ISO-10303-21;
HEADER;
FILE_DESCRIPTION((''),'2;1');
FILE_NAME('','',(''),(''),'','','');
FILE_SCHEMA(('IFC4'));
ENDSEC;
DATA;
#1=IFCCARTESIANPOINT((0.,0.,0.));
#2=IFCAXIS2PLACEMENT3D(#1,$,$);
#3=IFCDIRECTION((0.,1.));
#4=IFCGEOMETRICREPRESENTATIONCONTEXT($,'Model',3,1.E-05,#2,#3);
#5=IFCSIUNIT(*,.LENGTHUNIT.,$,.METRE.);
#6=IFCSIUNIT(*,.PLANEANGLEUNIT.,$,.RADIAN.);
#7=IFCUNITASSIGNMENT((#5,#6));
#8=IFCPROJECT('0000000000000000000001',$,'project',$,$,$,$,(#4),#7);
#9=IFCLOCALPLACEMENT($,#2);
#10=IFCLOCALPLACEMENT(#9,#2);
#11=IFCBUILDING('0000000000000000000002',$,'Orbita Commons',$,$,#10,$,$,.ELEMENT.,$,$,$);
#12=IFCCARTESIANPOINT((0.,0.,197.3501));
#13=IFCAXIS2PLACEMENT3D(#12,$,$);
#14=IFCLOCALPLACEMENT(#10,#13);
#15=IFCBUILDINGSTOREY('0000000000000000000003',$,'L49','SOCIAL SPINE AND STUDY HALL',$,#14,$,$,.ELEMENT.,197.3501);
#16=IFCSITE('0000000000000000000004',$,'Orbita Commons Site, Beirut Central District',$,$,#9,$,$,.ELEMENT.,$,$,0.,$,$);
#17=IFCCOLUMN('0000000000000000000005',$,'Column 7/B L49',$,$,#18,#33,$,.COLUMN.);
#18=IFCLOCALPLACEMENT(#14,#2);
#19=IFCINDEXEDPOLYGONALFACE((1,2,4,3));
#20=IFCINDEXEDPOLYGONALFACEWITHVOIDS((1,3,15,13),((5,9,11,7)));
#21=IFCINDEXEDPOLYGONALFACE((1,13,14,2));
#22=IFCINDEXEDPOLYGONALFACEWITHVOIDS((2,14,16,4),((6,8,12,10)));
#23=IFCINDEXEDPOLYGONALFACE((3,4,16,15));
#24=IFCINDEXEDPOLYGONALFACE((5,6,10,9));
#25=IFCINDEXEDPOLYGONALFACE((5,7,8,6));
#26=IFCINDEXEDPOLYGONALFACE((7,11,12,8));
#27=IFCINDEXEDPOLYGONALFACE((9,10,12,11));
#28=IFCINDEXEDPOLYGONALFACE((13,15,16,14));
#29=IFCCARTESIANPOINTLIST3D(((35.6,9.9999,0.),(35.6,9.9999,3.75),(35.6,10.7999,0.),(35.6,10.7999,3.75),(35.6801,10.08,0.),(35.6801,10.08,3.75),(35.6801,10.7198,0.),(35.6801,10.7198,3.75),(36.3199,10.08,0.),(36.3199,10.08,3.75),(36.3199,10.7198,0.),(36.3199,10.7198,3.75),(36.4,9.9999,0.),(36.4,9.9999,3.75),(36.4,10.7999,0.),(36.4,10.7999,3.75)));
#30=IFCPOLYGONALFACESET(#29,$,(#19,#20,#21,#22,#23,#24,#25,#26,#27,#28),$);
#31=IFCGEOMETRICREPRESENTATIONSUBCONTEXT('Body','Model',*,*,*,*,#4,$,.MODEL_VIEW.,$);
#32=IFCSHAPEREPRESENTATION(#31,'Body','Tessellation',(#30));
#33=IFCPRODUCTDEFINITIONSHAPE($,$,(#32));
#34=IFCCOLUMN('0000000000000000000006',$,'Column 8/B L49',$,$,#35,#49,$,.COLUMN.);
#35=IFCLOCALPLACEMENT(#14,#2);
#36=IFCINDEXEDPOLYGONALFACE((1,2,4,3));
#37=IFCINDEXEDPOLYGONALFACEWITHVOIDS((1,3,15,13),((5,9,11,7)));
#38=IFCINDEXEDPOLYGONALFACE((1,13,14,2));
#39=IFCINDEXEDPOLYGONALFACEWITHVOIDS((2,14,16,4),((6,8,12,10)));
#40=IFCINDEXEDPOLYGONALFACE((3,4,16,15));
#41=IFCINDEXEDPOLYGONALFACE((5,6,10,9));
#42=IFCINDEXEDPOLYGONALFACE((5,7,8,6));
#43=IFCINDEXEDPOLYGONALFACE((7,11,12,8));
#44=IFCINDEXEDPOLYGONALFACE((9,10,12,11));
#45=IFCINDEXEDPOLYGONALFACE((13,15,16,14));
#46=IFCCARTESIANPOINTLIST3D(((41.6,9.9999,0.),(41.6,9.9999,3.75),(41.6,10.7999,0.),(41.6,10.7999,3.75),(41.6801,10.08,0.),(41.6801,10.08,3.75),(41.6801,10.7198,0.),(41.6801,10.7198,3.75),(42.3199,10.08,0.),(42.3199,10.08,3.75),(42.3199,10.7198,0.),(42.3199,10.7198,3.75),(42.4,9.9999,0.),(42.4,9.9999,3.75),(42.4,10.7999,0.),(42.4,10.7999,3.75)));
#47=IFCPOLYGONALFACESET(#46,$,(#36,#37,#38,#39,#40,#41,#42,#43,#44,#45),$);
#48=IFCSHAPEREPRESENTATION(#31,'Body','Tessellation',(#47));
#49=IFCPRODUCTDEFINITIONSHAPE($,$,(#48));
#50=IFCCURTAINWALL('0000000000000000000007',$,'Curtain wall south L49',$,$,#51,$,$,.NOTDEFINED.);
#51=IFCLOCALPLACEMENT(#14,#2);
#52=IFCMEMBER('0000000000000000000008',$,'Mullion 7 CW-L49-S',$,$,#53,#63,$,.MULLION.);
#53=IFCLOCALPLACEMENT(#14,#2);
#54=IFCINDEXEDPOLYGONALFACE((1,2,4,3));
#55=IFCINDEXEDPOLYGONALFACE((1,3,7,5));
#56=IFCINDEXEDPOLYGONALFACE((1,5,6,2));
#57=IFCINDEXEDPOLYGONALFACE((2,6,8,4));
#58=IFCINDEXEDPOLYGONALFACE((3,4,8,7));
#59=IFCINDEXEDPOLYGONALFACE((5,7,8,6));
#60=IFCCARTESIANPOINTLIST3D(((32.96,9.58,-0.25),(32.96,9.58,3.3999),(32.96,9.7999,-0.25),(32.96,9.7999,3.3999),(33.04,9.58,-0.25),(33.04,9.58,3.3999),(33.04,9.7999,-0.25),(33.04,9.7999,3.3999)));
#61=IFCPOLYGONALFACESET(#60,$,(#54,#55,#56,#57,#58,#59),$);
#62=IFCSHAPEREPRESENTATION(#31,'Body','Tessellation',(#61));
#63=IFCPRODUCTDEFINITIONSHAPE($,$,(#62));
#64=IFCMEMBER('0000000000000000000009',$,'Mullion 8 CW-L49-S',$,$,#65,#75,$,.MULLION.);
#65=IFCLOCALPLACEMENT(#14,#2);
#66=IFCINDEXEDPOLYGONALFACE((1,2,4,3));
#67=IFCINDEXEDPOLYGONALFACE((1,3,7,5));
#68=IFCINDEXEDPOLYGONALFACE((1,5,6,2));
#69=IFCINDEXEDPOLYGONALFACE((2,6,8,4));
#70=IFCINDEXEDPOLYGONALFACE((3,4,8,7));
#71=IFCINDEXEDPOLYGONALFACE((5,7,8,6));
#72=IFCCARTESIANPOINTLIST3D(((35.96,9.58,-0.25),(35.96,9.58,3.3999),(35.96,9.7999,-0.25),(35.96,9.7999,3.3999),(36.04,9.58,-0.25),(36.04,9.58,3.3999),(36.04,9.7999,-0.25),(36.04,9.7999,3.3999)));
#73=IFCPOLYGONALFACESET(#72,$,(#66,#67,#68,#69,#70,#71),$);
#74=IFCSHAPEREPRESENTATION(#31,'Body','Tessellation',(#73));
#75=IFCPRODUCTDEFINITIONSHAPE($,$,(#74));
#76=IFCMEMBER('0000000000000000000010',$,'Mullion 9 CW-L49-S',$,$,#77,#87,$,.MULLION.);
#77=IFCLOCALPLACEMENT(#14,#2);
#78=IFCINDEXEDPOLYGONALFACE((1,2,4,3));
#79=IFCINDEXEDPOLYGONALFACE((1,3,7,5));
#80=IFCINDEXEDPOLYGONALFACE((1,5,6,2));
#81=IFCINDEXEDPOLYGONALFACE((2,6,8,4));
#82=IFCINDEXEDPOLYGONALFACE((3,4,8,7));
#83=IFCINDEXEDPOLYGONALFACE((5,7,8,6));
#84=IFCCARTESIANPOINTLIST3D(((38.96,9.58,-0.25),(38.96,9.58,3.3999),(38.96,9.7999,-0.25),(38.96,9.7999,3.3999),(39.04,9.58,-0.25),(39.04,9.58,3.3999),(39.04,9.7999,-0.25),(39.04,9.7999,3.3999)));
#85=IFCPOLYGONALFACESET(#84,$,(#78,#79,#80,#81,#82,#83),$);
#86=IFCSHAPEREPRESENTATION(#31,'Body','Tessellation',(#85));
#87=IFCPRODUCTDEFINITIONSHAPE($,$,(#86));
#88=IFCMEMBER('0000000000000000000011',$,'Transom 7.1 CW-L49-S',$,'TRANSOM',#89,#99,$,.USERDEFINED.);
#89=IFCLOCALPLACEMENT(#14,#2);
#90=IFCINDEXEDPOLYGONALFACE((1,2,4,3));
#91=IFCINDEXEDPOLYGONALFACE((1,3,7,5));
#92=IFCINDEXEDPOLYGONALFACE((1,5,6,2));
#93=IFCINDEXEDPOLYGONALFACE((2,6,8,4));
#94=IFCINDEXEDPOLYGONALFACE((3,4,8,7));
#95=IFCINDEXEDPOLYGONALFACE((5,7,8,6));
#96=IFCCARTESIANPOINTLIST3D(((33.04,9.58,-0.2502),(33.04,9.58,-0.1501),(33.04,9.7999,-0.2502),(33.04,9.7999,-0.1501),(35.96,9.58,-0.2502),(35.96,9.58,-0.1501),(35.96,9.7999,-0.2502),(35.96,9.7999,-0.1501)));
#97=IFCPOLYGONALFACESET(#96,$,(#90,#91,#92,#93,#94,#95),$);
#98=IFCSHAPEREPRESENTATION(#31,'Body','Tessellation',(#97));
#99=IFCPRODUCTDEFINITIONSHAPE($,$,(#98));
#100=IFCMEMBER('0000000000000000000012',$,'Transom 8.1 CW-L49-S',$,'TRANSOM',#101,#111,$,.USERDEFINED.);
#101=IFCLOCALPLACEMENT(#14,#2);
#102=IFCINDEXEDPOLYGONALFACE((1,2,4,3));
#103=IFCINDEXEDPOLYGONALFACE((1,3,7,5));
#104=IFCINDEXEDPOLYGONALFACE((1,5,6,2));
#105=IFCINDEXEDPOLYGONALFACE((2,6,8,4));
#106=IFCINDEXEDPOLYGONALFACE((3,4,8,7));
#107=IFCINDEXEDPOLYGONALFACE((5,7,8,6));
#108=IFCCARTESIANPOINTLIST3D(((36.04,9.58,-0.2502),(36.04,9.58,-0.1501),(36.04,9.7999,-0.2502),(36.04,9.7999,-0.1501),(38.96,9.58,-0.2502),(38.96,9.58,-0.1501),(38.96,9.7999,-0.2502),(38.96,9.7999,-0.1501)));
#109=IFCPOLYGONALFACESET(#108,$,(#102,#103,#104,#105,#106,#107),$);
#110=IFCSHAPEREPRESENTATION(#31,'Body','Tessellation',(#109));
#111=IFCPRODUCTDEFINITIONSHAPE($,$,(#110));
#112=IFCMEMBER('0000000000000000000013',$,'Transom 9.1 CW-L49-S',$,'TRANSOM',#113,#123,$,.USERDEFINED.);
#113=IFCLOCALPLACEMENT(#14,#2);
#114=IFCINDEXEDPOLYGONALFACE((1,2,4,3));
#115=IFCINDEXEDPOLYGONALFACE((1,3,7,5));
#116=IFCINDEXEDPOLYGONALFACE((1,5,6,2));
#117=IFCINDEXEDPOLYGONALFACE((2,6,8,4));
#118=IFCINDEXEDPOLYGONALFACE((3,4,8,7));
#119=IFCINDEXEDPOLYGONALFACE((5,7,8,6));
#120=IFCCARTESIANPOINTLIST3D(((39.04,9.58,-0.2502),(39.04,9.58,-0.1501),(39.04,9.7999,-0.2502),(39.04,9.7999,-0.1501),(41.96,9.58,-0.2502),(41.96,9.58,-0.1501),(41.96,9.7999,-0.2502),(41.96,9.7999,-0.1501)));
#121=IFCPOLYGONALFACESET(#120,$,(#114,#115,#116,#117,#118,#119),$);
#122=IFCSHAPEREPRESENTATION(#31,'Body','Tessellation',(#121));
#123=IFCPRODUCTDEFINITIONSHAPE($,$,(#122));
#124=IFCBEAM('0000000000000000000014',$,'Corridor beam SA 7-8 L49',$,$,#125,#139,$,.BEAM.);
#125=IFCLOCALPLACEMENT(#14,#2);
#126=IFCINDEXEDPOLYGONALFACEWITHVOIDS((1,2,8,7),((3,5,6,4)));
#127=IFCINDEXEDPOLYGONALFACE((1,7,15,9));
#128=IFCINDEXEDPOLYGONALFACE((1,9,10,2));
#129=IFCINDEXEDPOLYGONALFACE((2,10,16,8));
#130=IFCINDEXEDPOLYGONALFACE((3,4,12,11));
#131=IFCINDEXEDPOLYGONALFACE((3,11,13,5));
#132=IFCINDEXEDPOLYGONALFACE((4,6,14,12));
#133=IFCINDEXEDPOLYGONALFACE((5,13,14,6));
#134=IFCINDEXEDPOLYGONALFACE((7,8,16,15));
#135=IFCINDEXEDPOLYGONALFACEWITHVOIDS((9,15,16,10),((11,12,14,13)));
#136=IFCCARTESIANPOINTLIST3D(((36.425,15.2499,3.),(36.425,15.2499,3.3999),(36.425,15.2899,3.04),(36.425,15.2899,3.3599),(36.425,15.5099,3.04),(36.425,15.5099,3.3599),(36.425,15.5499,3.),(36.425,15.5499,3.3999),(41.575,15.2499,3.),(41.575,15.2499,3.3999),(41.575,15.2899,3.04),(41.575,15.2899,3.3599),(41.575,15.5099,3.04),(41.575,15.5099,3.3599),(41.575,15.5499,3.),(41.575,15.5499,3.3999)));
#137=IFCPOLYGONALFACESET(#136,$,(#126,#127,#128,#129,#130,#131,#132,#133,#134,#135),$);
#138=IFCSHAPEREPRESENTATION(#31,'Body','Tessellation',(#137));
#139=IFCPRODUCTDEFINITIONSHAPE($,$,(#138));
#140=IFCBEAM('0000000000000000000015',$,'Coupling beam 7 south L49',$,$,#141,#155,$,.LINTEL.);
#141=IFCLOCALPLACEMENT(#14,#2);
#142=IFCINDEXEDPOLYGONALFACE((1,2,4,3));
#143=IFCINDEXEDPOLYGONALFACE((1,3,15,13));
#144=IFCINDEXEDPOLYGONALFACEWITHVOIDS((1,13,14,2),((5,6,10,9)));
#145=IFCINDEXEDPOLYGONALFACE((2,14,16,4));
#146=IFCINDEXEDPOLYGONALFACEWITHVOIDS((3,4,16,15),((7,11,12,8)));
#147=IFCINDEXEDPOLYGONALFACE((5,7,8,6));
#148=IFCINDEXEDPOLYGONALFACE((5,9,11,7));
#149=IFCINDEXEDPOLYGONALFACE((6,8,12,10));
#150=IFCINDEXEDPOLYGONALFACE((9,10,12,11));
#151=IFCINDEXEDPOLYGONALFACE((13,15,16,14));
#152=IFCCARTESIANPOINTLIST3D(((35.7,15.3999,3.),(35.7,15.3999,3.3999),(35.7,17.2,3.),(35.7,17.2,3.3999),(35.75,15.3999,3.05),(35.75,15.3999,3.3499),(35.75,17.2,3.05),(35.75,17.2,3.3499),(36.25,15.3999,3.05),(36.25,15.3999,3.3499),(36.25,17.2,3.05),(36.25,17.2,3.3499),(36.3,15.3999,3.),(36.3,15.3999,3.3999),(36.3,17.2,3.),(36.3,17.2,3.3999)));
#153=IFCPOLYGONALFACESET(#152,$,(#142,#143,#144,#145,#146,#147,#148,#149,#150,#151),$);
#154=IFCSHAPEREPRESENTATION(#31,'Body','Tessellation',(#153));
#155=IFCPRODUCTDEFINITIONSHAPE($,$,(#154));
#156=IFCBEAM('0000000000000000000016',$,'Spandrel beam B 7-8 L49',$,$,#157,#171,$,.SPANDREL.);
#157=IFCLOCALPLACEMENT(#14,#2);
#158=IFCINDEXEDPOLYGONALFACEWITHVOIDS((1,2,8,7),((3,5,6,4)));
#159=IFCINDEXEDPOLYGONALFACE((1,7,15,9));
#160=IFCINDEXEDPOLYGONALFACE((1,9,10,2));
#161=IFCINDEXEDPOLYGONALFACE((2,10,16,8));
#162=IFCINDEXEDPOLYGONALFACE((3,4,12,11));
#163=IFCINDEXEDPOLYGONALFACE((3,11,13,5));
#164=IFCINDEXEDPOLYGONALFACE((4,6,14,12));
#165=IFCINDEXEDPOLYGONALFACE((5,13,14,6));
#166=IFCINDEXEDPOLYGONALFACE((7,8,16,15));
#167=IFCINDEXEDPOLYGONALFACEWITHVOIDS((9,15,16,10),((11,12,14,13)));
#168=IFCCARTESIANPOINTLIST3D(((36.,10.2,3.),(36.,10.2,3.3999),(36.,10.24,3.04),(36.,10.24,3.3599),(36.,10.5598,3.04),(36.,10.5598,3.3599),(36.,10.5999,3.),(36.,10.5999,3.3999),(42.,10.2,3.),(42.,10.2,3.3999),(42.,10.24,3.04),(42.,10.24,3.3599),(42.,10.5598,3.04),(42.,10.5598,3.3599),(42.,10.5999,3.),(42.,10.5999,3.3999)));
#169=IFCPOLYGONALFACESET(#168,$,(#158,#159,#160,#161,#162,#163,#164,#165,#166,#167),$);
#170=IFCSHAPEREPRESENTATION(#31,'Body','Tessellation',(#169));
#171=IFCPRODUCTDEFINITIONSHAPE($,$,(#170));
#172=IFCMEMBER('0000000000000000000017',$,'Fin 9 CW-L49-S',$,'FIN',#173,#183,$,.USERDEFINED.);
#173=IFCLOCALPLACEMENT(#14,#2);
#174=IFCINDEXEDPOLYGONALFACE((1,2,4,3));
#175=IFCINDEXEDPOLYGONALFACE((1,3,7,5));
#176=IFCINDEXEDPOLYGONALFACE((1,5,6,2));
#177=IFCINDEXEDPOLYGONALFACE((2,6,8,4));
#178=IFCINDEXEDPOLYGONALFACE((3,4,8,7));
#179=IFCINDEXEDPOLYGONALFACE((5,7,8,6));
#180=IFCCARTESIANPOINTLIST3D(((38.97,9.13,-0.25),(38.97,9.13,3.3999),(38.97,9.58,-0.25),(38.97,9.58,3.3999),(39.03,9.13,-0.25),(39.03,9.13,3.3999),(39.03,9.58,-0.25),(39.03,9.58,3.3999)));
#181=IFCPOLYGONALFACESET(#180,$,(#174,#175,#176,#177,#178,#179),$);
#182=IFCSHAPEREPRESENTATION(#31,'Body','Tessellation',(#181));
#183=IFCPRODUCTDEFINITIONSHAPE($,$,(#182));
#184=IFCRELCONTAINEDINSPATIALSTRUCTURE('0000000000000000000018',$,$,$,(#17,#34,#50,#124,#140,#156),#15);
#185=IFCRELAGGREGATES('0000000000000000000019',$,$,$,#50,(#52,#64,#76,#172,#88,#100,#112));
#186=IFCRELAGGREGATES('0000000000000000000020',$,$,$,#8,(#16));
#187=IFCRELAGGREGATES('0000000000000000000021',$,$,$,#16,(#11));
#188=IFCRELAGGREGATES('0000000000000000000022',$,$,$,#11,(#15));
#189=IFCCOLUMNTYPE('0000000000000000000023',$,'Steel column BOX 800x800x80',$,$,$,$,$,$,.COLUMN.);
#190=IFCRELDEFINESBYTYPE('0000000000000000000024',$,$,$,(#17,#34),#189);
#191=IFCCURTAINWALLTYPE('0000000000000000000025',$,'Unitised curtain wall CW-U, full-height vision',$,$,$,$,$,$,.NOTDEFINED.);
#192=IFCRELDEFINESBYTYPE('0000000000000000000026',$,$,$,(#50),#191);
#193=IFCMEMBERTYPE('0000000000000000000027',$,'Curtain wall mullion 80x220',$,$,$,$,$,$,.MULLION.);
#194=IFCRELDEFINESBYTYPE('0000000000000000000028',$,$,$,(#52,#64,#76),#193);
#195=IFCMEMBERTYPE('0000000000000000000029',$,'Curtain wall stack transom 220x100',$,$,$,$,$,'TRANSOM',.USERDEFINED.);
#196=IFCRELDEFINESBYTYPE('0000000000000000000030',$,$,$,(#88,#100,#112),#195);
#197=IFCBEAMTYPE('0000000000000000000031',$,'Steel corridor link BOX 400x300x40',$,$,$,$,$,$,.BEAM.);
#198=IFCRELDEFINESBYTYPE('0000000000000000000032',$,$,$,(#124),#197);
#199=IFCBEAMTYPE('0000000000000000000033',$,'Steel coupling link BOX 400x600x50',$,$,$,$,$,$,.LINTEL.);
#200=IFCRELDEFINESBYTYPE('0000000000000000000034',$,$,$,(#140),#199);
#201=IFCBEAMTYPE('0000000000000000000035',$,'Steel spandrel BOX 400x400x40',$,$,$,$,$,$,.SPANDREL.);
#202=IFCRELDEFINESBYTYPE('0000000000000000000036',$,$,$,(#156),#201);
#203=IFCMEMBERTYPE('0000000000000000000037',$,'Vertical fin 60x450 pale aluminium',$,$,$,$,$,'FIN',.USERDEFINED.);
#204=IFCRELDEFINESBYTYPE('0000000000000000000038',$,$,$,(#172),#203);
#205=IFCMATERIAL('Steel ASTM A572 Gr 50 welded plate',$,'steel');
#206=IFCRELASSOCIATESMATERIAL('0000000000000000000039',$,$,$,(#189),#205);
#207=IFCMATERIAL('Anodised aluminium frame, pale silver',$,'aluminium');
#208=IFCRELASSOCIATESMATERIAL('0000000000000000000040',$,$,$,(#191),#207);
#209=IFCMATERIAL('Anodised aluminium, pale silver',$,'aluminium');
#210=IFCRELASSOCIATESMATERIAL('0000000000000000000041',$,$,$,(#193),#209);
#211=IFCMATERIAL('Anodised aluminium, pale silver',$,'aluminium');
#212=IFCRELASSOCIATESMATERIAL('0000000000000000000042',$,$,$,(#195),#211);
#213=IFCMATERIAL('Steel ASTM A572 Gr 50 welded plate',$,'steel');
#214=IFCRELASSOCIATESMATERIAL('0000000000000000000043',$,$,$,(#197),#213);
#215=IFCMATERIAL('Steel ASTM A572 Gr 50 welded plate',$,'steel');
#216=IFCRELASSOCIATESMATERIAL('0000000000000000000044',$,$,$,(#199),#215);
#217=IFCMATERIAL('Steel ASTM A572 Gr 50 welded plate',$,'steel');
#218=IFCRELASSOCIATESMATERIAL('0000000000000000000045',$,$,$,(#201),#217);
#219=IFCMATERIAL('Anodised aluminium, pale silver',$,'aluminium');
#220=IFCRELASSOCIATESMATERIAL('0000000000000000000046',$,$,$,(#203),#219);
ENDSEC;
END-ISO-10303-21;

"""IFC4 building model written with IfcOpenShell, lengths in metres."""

from ifc_helpers import new_model, si_unit, direction, frame, origin, origin_2d, place, context, subcontext, project, spatial, rectangle, hollow_rectangle, extrude, material, material_profile, profile_set, type_object, element, aggregate, save


model = new_model("IFC4")

# Units and contexts
model_context = context("Model", 3, precision=1e-05, world=origin(), true_north=direction((0.0, 1.0)))
body_context = subcontext(model_context, "Body", "Model", "MODEL_VIEW")
ifc_project = project(units=[si_unit("LENGTHUNIT", "METRE"), si_unit("PLANEANGLEUNIT", "RADIAN")], contexts=[model_context])

# Site, building, storey
site_placement = place(None, origin())
site = spatial("IfcSite", under=ifc_project, at=site_placement, Name="Orbita Commons Site, Beirut Central District", CompositionType="ELEMENT", RefElevation=0.0)
building_placement = place(site_placement, origin())
building = spatial("IfcBuilding", under=site, at=building_placement, Name="Orbita Commons", CompositionType="ELEMENT")
storey_placement = place(building_placement, frame((0.0, 0.0, 197.3501)))
storey = spatial("IfcBuildingStorey", under=building, at=storey_placement, Name="L49", Description="SOCIAL SPINE AND STUDY HALL", CompositionType="ELEMENT", Elevation=197.3501)

# Columns
ifc_material_1 = material(Name="Steel ASTM A572 Gr 50 welded plate", Category="steel")
ifc_material_profile_1 = material_profile(ifc_material_1, hollow_rectangle(XDim=0.8, YDim=0.8, WallThickness=0.0801, at=origin_2d()), Name="BOX 800x800x80")
ifc_profile_set_1 = profile_set([ifc_material_profile_1], Name="Steel ASTM A572 Gr 50 welded plate")
column_type = type_object("IfcColumnType", Name="Steel column BOX 800x800x80", PredefinedType="COLUMN", material=ifc_profile_set_1)
for number, where, z_axis, x_axis, name in (
    (1, (36.0, 10.3999, 0.0), (0.0, 0.0, 1.0), (1.0, 0.0, 0.0), "Column 7/B L49"),
    (2, (42.0, 10.3999, 0.0), (0.0, 0.0, 1.0), (1.0, 0.0, 0.0), "Column 8/B L49"),
):
    element("IfcColumn", number, at=place(storey_placement, frame(where, z_axis=z_axis, x_axis=x_axis)), inside=storey, type_object=column_type, Name=name, PredefinedType="COLUMN", context=body_context, shape_type="SweptSolid", body=[
        extrude(hollow_rectangle(XDim=0.8, YDim=0.8, WallThickness=0.0801, at=origin_2d()), origin(), (0.0, 0.0, 1.0), 3.75),
    ])

# Curtain wall, members
ifc_material_2 = material(Name="Anodised aluminium frame, pale silver", Category="aluminium")
curtain_wall_type = type_object("IfcCurtainWallType", Name="Unitised curtain wall CW-U, full-height vision", PredefinedType="NOTDEFINED", material=ifc_material_2)
curtain_wall_placement = place(storey_placement, origin())
curtain_wall = element("IfcCurtainWall", 3, at=curtain_wall_placement, inside=storey, type_object=curtain_wall_type, Name="Curtain wall south L49", PredefinedType="NOTDEFINED")
ifc_material_3 = material(Name="Anodised aluminium, pale silver", Category="aluminium")
ifc_material_profile_2 = material_profile(ifc_material_3, rectangle(XDim=0.0801, YDim=0.22, at=origin_2d()), Name="AL 80x220")
ifc_profile_set_2 = profile_set([ifc_material_profile_2], Name="Anodised aluminium, pale silver")
member_type_1 = type_object("IfcMemberType", Name="Curtain wall mullion 80x220", PredefinedType="MULLION", material=ifc_profile_set_2)
member_1_placement = place(storey_placement, frame((33.0, 9.6899, -0.25), z_axis=(0.0, 0.0, 1.0), x_axis=(1.0, 0.0, 0.0)))
member_1 = element("IfcMember", 4, at=member_1_placement, type_object=member_type_1, Name="Mullion 7 CW-L49-S", PredefinedType="MULLION", context=body_context, shape_type="SweptSolid", body=[
    extrude(rectangle(XDim=0.0801, YDim=0.22, at=origin_2d()), origin(), (0.0, 0.0, 1.0), 3.6499),
])
member_2_placement = place(storey_placement, frame((36.0, 9.6899, -0.25), z_axis=(0.0, 0.0, 1.0), x_axis=(1.0, 0.0, 0.0)))
member_2 = element("IfcMember", 5, at=member_2_placement, type_object=member_type_1, Name="Mullion 8 CW-L49-S", PredefinedType="MULLION", context=body_context, shape_type="SweptSolid", body=[
    extrude(rectangle(XDim=0.0801, YDim=0.22, at=origin_2d()), origin(), (0.0, 0.0, 1.0), 3.6499),
])
member_3_placement = place(storey_placement, frame((39.0, 9.6899, -0.25), z_axis=(0.0, 0.0, 1.0), x_axis=(1.0, 0.0, 0.0)))
member_3 = element("IfcMember", 6, at=member_3_placement, type_object=member_type_1, Name="Mullion 9 CW-L49-S", PredefinedType="MULLION", context=body_context, shape_type="SweptSolid", body=[
    extrude(rectangle(XDim=0.0801, YDim=0.22, at=origin_2d()), origin(), (0.0, 0.0, 1.0), 3.6499),
])
ifc_material_4 = material(Name="Anodised aluminium, pale silver", Category="aluminium")
ifc_material_profile_3 = material_profile(ifc_material_4, rectangle(XDim=0.22, YDim=0.1001, at=origin_2d()), Name="AL 220x100")
ifc_profile_set_3 = profile_set([ifc_material_profile_3], Name="Anodised aluminium, pale silver")
member_type_2 = type_object("IfcMemberType", Name="Curtain wall stack transom 220x100", ElementType="TRANSOM", PredefinedType="USERDEFINED", material=ifc_profile_set_3)
member_4_placement = place(storey_placement, frame((33.04, 9.6899, -0.2002), z_axis=(1.0, 0.0, 0.0), x_axis=(0.0, 1.0, 0.0)))
member_4 = element("IfcMember", 7, at=member_4_placement, type_object=member_type_2, Name="Transom 7.1 CW-L49-S", ObjectType="TRANSOM", PredefinedType="USERDEFINED", context=body_context, shape_type="SweptSolid", body=[
    extrude(rectangle(XDim=0.22, YDim=0.1001, at=origin_2d()), origin(), (0.0, 0.0, 1.0), 2.9199),
])
member_5_placement = place(storey_placement, frame((36.04, 9.6899, -0.2002), z_axis=(1.0, 0.0, 0.0), x_axis=(0.0, 1.0, 0.0)))
member_5 = element("IfcMember", 8, at=member_5_placement, type_object=member_type_2, Name="Transom 8.1 CW-L49-S", ObjectType="TRANSOM", PredefinedType="USERDEFINED", context=body_context, shape_type="SweptSolid", body=[
    extrude(rectangle(XDim=0.22, YDim=0.1001, at=origin_2d()), origin(), (0.0, 0.0, 1.0), 2.9199),
])
member_6_placement = place(storey_placement, frame((39.04, 9.6899, -0.2002), z_axis=(1.0, 0.0, 0.0), x_axis=(0.0, 1.0, 0.0)))
member_6 = element("IfcMember", 9, at=member_6_placement, type_object=member_type_2, Name="Transom 9.1 CW-L49-S", ObjectType="TRANSOM", PredefinedType="USERDEFINED", context=body_context, shape_type="SweptSolid", body=[
    extrude(rectangle(XDim=0.22, YDim=0.1001, at=origin_2d()), origin(), (0.0, 0.0, 1.0), 2.9199),
])

# Beams
ifc_material_5 = material(Name="Steel ASTM A572 Gr 50 welded plate", Category="steel")
ifc_material_profile_4 = material_profile(ifc_material_5, hollow_rectangle(XDim=0.3, YDim=0.3999, WallThickness=0.04, at=origin_2d()), Name="BOX 400x300x40")
ifc_profile_set_4 = profile_set([ifc_material_profile_4], Name="Steel ASTM A572 Gr 50 welded plate")
beam_type_1 = type_object("IfcBeamType", Name="Steel corridor link BOX 400x300x40", PredefinedType="BEAM", material=ifc_profile_set_4)
beam_1_placement = place(storey_placement, frame((36.425, 15.3999, 3.2), z_axis=(1.0, 0.0, 0.0), x_axis=(0.0, 1.0, 0.0)))
element("IfcBeam", 10, at=beam_1_placement, inside=storey, type_object=beam_type_1, Name="Corridor beam SA 7-8 L49", PredefinedType="BEAM", context=body_context, shape_type="SweptSolid", body=[
    extrude(hollow_rectangle(XDim=0.3, YDim=0.3999, WallThickness=0.04, at=origin_2d()), origin(), (0.0, 0.0, 1.0), 5.1499),
])
ifc_material_6 = material(Name="Steel ASTM A572 Gr 50 welded plate", Category="steel")
ifc_material_profile_5 = material_profile(ifc_material_6, hollow_rectangle(XDim=0.6001, YDim=0.3999, WallThickness=0.05, at=origin_2d()), Name="BOX 400x600x50")
ifc_profile_set_5 = profile_set([ifc_material_profile_5], Name="Steel ASTM A572 Gr 50 welded plate")
beam_type_2 = type_object("IfcBeamType", Name="Steel coupling link BOX 400x600x50", PredefinedType="LINTEL", material=ifc_profile_set_5)
beam_2_placement = place(storey_placement, frame((36.0, 15.3999, 3.2), z_axis=(0.0, 1.0, 0.0), x_axis=(-1.0, 0.0, 0.0)))
element("IfcBeam", 11, at=beam_2_placement, inside=storey, type_object=beam_type_2, Name="Coupling beam 7 south L49", PredefinedType="LINTEL", context=body_context, shape_type="SweptSolid", body=[
    extrude(hollow_rectangle(XDim=0.6001, YDim=0.3999, WallThickness=0.05, at=origin_2d()), origin(), (0.0, 0.0, 1.0), 1.8),
])
ifc_material_7 = material(Name="Steel ASTM A572 Gr 50 welded plate", Category="steel")
ifc_material_profile_6 = material_profile(ifc_material_7, hollow_rectangle(XDim=0.3999, YDim=0.3999, WallThickness=0.04, at=origin_2d()), Name="BOX 400x400x40")
ifc_profile_set_6 = profile_set([ifc_material_profile_6], Name="Steel ASTM A572 Gr 50 welded plate")
beam_type_3 = type_object("IfcBeamType", Name="Steel spandrel BOX 400x400x40", PredefinedType="SPANDREL", material=ifc_profile_set_6)
beam_3_placement = place(storey_placement, frame((36.0, 10.3999, 3.2), z_axis=(1.0, 0.0, 0.0), x_axis=(0.0, 1.0, 0.0)))
element("IfcBeam", 12, at=beam_3_placement, inside=storey, type_object=beam_type_3, Name="Spandrel beam B 7-8 L49", PredefinedType="SPANDREL", context=body_context, shape_type="SweptSolid", body=[
    extrude(hollow_rectangle(XDim=0.3999, YDim=0.3999, WallThickness=0.04, at=origin_2d()), origin(), (0.0, 0.0, 1.0), 6.0),
])

# Member
ifc_material_8 = material(Name="Anodised aluminium, pale silver", Category="aluminium")
ifc_material_profile_7 = material_profile(ifc_material_8, rectangle(XDim=0.0601, YDim=0.45, at=origin_2d()), Name="FIN 60x450")
ifc_profile_set_7 = profile_set([ifc_material_profile_7], Name="Anodised aluminium, pale silver")
member_type_3 = type_object("IfcMemberType", Name="Vertical fin 60x450 pale aluminium", ElementType="FIN", PredefinedType="USERDEFINED", material=ifc_profile_set_7)
member_7_placement = place(storey_placement, frame((39.0, 9.355, -0.25), z_axis=(0.0, 0.0, 1.0), x_axis=(1.0, 0.0, 0.0)))
member_7 = element("IfcMember", 13, at=member_7_placement, type_object=member_type_3, Name="Fin 9 CW-L49-S", ObjectType="FIN", PredefinedType="USERDEFINED", context=body_context, shape_type="SweptSolid", body=[
    extrude(rectangle(XDim=0.0601, YDim=0.45, at=origin_2d()), origin(), (0.0, 0.0, 1.0), 3.6499),
])

aggregate(curtain_wall, [member_1, member_2, member_3, member_7, member_4, member_5, member_6])

save(model, "model.ifc")
